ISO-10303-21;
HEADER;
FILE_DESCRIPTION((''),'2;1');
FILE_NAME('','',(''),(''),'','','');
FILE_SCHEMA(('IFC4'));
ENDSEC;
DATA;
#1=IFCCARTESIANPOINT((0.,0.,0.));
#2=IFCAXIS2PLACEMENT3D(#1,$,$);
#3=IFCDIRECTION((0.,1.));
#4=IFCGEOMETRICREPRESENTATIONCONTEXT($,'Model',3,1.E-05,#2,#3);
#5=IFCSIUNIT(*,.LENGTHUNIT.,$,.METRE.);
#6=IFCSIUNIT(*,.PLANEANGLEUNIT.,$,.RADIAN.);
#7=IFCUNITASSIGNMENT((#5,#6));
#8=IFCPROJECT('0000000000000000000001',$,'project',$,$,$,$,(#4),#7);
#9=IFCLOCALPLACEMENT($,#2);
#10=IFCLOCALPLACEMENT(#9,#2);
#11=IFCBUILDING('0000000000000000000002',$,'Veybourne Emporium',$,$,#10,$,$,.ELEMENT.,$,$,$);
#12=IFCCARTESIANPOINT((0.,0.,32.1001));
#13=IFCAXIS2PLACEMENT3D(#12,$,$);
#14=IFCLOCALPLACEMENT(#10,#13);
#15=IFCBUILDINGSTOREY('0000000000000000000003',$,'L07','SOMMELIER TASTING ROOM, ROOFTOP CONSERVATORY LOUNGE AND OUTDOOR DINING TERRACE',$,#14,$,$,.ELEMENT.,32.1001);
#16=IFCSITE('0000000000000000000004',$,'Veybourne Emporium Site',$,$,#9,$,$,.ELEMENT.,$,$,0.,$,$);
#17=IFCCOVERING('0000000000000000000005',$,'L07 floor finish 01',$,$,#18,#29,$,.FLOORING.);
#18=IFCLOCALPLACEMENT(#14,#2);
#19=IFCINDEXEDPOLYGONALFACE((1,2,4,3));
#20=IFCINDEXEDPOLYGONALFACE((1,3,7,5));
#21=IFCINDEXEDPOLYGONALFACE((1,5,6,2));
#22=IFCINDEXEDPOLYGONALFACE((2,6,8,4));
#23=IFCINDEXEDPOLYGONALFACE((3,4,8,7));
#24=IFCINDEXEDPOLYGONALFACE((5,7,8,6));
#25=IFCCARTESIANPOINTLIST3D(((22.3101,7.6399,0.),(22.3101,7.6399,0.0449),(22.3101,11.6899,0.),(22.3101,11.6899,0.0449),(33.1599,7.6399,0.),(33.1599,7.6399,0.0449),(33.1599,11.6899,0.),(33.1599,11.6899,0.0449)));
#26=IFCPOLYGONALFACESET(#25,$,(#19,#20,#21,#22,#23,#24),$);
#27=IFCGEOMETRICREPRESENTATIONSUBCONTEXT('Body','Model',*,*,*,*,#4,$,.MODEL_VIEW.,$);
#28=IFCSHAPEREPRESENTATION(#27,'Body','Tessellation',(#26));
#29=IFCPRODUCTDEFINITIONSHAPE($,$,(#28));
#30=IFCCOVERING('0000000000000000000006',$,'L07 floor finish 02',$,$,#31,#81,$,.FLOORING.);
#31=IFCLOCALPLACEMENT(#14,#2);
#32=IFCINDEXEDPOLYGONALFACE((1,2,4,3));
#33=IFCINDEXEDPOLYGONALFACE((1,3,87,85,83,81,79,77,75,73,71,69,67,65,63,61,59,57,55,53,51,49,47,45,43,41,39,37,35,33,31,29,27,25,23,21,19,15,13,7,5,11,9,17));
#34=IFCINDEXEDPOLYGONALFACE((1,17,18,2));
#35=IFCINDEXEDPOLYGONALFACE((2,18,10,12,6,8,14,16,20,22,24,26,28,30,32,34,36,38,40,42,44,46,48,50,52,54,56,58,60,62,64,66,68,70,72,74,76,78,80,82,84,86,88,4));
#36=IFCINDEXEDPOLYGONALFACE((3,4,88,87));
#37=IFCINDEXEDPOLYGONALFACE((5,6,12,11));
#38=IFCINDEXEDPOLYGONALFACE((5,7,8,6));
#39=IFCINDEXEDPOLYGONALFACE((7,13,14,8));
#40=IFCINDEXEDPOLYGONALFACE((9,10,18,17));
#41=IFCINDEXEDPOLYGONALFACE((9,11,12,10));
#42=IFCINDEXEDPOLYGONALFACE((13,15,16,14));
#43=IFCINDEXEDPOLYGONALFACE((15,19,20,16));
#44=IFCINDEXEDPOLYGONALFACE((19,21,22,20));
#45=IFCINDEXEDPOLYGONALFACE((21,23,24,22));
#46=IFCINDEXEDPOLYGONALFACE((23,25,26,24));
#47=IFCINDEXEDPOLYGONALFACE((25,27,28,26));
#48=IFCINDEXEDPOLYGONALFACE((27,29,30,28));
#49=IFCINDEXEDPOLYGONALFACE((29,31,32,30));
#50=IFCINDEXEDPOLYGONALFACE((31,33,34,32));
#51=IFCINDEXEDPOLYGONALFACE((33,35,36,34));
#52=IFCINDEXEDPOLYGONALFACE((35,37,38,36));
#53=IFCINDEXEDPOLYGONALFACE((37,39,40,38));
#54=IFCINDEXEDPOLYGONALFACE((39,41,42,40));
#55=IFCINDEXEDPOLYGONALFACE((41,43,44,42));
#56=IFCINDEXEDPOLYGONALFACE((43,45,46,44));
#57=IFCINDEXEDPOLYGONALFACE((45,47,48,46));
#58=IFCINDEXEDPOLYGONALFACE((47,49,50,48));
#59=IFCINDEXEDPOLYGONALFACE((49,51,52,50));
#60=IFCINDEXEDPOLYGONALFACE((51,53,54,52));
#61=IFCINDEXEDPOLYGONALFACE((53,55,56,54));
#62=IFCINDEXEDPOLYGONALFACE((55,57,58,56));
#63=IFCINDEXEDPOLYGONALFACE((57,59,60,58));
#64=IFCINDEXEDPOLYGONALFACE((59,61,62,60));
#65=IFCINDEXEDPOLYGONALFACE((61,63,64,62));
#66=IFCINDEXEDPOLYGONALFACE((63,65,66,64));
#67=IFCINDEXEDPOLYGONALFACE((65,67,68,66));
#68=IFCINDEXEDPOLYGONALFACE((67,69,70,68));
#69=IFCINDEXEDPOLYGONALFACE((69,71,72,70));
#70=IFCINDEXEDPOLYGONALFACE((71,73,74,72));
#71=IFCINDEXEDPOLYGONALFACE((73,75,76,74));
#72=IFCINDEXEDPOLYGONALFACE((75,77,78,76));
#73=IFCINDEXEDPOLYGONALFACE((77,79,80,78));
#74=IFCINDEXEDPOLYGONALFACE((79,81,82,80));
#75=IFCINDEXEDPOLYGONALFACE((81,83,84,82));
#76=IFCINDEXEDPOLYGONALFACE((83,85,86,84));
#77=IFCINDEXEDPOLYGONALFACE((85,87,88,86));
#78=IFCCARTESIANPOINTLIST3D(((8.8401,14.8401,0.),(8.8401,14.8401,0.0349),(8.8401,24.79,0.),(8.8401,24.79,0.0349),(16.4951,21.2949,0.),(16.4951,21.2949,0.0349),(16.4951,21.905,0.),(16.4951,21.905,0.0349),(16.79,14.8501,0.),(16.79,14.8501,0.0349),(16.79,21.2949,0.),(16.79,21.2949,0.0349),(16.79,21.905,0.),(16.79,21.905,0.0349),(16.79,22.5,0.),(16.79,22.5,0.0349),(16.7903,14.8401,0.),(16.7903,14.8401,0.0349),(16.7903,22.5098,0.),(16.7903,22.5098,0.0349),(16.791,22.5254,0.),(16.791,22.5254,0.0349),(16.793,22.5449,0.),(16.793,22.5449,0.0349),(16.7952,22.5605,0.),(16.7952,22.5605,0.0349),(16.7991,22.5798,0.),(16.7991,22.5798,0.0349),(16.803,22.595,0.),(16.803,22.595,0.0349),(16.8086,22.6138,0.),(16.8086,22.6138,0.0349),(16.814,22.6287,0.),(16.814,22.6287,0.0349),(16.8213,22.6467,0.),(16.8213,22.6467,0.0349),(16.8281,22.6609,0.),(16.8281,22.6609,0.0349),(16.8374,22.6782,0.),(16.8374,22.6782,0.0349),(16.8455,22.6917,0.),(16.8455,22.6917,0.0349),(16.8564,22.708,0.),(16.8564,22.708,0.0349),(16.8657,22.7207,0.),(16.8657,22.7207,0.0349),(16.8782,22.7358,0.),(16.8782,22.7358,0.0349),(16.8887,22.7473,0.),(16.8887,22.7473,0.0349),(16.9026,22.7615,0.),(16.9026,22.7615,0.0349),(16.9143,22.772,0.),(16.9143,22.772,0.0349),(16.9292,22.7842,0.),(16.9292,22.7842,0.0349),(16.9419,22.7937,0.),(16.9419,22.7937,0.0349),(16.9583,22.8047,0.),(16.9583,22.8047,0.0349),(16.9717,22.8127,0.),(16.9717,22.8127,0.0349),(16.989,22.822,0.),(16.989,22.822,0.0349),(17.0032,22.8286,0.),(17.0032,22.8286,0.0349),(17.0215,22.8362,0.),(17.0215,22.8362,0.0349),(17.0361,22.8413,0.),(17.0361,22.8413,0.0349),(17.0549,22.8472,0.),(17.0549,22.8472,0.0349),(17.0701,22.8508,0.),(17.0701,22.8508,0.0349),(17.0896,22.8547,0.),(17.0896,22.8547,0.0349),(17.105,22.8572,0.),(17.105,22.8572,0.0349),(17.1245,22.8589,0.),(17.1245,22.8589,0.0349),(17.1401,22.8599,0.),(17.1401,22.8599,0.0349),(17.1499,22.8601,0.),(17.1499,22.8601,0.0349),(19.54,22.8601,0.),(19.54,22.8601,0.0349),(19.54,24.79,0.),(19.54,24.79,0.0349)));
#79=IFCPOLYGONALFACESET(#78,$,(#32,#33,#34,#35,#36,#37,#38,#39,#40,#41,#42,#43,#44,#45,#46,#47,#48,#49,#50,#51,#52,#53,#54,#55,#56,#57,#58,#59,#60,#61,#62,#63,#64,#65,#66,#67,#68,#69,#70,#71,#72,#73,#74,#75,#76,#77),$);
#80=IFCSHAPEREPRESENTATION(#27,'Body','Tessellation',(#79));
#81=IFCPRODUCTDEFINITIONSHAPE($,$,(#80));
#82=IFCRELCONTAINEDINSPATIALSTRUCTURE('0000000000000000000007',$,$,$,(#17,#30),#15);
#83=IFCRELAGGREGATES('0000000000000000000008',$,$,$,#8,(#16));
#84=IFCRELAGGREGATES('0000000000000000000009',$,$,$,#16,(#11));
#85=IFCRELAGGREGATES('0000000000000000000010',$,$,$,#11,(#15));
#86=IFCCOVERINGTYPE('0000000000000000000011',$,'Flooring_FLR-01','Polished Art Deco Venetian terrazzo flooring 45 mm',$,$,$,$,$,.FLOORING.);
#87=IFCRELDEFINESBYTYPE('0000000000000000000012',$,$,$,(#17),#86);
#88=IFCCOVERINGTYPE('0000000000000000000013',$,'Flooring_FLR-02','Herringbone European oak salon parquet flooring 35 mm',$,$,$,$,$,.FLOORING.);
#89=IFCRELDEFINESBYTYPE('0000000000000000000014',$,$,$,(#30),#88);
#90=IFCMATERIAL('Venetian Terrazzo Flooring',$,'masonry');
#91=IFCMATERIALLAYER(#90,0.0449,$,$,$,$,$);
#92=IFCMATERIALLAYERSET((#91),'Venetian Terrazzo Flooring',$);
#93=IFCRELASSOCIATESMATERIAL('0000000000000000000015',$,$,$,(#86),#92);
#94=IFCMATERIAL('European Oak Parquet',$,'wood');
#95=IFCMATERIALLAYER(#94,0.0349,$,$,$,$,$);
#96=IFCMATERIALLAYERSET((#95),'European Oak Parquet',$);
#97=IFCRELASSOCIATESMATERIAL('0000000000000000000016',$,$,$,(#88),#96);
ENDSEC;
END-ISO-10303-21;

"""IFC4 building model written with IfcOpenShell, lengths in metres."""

from ifc_helpers import new_model, si_unit, direction, frame, origin, place, context, subcontext, project, spatial, polyline, outline, extrude, material, layer, layer_set, type_object, element, save


model = new_model("IFC4")

# Units and contexts
model_context = context("Model", 3, precision=1e-05, world=origin(), true_north=direction((0.0, 1.0)))
body_context = subcontext(model_context, "Body", "Model", "MODEL_VIEW")
ifc_project = project(units=[si_unit("LENGTHUNIT", "METRE"), si_unit("PLANEANGLEUNIT", "RADIAN")], contexts=[model_context])

# Site, building, storey
site_placement = place(None, origin())
site = spatial("IfcSite", under=ifc_project, at=site_placement, Name="Veybourne Emporium Site", CompositionType="ELEMENT", RefElevation=0.0)
building_placement = place(site_placement, origin())
building = spatial("IfcBuilding", under=site, at=building_placement, Name="Veybourne Emporium", CompositionType="ELEMENT")
storey_placement = place(building_placement, frame((0.0, 0.0, 32.1001)))
storey = spatial("IfcBuildingStorey", under=building, at=storey_placement, Name="L07", Description="SOMMELIER TASTING ROOM, ROOFTOP CONSERVATORY LOUNGE AND OUTDOOR DINING TERRACE", CompositionType="ELEMENT", Elevation=32.1001)

# Coverings
ifc_material_1 = material(Name="Venetian Terrazzo Flooring", Category="masonry")
ifc_layer_1 = layer(ifc_material_1, 0.0449)
ifc_layer_set_1 = layer_set([ifc_layer_1], Name="Venetian Terrazzo Flooring")
covering_type_1 = type_object("IfcCoveringType", Name="Flooring_FLR-01", Description="Polished Art Deco Venetian terrazzo flooring 45 mm", PredefinedType="FLOORING", material=ifc_layer_set_1)
covering_1_placement = place(storey_placement, origin())
element("IfcCovering", 1, at=covering_1_placement, inside=storey, type_object=covering_type_1, Name="L07 floor finish 01", PredefinedType="FLOORING", context=body_context, shape_type="SweptSolid", body=[
    extrude(outline(polyline([(22.3101, 11.6899), (33.1599, 11.6899), (33.1599, 7.6399), (22.3101, 7.6399), (22.3101, 11.6899)])), origin(), (0.0, 0.0, 1.0), 0.0449),
])
ifc_material_2 = material(Name="European Oak Parquet", Category="wood")
ifc_layer_2 = layer(ifc_material_2, 0.0349)
ifc_layer_set_2 = layer_set([ifc_layer_2], Name="European Oak Parquet")
covering_type_2 = type_object("IfcCoveringType", Name="Flooring_FLR-02", Description="Herringbone European oak salon parquet flooring 35 mm", PredefinedType="FLOORING", material=ifc_layer_set_2)
covering_2_placement = place(storey_placement, origin())
element("IfcCovering", 2, at=covering_2_placement, inside=storey, type_object=covering_type_2, Name="L07 floor finish 02", PredefinedType="FLOORING", context=body_context, shape_type="SweptSolid", body=[
    extrude(outline(polyline([(8.8401, 14.8401), (8.8401, 24.79), (19.54, 24.79), (19.54, 22.8601), (17.1499, 22.8601), (17.1401, 22.8599), (17.1245, 22.8589), (17.105, 22.8572), (17.0896, 22.8547), (17.0701, 22.8508), (17.0549, 22.8472), (17.0361, 22.8413), (17.0215, 22.8362), (17.0032, 22.8286), (16.989, 22.822), (16.9717, 22.8127), (16.9583, 22.8047), (16.9419, 22.7937), (16.9292, 22.7842), (16.9143, 22.772), (16.9026, 22.7615), (16.8887, 22.7473), (16.8782, 22.7358), (16.8657, 22.7207), (16.8564, 22.708), (16.8455, 22.6917), (16.8374, 22.6782), (16.8281, 22.6609), (16.8213, 22.6467), (16.814, 22.6287), (16.8086, 22.6138), (16.803, 22.595), (16.7991, 22.5798), (16.7952, 22.5605), (16.793, 22.5449), (16.791, 22.5254), (16.7903, 22.5098), (16.79, 22.5), (16.79, 21.905), (16.4951, 21.905), (16.4951, 21.2949), (16.79, 21.2949), (16.79, 14.8501), (16.7903, 14.8401), (16.7903, 14.8401), (8.8401, 14.8401)])), origin(), (0.0, 0.0, 1.0), 0.0349),
])

save(model, "model.ifc")
